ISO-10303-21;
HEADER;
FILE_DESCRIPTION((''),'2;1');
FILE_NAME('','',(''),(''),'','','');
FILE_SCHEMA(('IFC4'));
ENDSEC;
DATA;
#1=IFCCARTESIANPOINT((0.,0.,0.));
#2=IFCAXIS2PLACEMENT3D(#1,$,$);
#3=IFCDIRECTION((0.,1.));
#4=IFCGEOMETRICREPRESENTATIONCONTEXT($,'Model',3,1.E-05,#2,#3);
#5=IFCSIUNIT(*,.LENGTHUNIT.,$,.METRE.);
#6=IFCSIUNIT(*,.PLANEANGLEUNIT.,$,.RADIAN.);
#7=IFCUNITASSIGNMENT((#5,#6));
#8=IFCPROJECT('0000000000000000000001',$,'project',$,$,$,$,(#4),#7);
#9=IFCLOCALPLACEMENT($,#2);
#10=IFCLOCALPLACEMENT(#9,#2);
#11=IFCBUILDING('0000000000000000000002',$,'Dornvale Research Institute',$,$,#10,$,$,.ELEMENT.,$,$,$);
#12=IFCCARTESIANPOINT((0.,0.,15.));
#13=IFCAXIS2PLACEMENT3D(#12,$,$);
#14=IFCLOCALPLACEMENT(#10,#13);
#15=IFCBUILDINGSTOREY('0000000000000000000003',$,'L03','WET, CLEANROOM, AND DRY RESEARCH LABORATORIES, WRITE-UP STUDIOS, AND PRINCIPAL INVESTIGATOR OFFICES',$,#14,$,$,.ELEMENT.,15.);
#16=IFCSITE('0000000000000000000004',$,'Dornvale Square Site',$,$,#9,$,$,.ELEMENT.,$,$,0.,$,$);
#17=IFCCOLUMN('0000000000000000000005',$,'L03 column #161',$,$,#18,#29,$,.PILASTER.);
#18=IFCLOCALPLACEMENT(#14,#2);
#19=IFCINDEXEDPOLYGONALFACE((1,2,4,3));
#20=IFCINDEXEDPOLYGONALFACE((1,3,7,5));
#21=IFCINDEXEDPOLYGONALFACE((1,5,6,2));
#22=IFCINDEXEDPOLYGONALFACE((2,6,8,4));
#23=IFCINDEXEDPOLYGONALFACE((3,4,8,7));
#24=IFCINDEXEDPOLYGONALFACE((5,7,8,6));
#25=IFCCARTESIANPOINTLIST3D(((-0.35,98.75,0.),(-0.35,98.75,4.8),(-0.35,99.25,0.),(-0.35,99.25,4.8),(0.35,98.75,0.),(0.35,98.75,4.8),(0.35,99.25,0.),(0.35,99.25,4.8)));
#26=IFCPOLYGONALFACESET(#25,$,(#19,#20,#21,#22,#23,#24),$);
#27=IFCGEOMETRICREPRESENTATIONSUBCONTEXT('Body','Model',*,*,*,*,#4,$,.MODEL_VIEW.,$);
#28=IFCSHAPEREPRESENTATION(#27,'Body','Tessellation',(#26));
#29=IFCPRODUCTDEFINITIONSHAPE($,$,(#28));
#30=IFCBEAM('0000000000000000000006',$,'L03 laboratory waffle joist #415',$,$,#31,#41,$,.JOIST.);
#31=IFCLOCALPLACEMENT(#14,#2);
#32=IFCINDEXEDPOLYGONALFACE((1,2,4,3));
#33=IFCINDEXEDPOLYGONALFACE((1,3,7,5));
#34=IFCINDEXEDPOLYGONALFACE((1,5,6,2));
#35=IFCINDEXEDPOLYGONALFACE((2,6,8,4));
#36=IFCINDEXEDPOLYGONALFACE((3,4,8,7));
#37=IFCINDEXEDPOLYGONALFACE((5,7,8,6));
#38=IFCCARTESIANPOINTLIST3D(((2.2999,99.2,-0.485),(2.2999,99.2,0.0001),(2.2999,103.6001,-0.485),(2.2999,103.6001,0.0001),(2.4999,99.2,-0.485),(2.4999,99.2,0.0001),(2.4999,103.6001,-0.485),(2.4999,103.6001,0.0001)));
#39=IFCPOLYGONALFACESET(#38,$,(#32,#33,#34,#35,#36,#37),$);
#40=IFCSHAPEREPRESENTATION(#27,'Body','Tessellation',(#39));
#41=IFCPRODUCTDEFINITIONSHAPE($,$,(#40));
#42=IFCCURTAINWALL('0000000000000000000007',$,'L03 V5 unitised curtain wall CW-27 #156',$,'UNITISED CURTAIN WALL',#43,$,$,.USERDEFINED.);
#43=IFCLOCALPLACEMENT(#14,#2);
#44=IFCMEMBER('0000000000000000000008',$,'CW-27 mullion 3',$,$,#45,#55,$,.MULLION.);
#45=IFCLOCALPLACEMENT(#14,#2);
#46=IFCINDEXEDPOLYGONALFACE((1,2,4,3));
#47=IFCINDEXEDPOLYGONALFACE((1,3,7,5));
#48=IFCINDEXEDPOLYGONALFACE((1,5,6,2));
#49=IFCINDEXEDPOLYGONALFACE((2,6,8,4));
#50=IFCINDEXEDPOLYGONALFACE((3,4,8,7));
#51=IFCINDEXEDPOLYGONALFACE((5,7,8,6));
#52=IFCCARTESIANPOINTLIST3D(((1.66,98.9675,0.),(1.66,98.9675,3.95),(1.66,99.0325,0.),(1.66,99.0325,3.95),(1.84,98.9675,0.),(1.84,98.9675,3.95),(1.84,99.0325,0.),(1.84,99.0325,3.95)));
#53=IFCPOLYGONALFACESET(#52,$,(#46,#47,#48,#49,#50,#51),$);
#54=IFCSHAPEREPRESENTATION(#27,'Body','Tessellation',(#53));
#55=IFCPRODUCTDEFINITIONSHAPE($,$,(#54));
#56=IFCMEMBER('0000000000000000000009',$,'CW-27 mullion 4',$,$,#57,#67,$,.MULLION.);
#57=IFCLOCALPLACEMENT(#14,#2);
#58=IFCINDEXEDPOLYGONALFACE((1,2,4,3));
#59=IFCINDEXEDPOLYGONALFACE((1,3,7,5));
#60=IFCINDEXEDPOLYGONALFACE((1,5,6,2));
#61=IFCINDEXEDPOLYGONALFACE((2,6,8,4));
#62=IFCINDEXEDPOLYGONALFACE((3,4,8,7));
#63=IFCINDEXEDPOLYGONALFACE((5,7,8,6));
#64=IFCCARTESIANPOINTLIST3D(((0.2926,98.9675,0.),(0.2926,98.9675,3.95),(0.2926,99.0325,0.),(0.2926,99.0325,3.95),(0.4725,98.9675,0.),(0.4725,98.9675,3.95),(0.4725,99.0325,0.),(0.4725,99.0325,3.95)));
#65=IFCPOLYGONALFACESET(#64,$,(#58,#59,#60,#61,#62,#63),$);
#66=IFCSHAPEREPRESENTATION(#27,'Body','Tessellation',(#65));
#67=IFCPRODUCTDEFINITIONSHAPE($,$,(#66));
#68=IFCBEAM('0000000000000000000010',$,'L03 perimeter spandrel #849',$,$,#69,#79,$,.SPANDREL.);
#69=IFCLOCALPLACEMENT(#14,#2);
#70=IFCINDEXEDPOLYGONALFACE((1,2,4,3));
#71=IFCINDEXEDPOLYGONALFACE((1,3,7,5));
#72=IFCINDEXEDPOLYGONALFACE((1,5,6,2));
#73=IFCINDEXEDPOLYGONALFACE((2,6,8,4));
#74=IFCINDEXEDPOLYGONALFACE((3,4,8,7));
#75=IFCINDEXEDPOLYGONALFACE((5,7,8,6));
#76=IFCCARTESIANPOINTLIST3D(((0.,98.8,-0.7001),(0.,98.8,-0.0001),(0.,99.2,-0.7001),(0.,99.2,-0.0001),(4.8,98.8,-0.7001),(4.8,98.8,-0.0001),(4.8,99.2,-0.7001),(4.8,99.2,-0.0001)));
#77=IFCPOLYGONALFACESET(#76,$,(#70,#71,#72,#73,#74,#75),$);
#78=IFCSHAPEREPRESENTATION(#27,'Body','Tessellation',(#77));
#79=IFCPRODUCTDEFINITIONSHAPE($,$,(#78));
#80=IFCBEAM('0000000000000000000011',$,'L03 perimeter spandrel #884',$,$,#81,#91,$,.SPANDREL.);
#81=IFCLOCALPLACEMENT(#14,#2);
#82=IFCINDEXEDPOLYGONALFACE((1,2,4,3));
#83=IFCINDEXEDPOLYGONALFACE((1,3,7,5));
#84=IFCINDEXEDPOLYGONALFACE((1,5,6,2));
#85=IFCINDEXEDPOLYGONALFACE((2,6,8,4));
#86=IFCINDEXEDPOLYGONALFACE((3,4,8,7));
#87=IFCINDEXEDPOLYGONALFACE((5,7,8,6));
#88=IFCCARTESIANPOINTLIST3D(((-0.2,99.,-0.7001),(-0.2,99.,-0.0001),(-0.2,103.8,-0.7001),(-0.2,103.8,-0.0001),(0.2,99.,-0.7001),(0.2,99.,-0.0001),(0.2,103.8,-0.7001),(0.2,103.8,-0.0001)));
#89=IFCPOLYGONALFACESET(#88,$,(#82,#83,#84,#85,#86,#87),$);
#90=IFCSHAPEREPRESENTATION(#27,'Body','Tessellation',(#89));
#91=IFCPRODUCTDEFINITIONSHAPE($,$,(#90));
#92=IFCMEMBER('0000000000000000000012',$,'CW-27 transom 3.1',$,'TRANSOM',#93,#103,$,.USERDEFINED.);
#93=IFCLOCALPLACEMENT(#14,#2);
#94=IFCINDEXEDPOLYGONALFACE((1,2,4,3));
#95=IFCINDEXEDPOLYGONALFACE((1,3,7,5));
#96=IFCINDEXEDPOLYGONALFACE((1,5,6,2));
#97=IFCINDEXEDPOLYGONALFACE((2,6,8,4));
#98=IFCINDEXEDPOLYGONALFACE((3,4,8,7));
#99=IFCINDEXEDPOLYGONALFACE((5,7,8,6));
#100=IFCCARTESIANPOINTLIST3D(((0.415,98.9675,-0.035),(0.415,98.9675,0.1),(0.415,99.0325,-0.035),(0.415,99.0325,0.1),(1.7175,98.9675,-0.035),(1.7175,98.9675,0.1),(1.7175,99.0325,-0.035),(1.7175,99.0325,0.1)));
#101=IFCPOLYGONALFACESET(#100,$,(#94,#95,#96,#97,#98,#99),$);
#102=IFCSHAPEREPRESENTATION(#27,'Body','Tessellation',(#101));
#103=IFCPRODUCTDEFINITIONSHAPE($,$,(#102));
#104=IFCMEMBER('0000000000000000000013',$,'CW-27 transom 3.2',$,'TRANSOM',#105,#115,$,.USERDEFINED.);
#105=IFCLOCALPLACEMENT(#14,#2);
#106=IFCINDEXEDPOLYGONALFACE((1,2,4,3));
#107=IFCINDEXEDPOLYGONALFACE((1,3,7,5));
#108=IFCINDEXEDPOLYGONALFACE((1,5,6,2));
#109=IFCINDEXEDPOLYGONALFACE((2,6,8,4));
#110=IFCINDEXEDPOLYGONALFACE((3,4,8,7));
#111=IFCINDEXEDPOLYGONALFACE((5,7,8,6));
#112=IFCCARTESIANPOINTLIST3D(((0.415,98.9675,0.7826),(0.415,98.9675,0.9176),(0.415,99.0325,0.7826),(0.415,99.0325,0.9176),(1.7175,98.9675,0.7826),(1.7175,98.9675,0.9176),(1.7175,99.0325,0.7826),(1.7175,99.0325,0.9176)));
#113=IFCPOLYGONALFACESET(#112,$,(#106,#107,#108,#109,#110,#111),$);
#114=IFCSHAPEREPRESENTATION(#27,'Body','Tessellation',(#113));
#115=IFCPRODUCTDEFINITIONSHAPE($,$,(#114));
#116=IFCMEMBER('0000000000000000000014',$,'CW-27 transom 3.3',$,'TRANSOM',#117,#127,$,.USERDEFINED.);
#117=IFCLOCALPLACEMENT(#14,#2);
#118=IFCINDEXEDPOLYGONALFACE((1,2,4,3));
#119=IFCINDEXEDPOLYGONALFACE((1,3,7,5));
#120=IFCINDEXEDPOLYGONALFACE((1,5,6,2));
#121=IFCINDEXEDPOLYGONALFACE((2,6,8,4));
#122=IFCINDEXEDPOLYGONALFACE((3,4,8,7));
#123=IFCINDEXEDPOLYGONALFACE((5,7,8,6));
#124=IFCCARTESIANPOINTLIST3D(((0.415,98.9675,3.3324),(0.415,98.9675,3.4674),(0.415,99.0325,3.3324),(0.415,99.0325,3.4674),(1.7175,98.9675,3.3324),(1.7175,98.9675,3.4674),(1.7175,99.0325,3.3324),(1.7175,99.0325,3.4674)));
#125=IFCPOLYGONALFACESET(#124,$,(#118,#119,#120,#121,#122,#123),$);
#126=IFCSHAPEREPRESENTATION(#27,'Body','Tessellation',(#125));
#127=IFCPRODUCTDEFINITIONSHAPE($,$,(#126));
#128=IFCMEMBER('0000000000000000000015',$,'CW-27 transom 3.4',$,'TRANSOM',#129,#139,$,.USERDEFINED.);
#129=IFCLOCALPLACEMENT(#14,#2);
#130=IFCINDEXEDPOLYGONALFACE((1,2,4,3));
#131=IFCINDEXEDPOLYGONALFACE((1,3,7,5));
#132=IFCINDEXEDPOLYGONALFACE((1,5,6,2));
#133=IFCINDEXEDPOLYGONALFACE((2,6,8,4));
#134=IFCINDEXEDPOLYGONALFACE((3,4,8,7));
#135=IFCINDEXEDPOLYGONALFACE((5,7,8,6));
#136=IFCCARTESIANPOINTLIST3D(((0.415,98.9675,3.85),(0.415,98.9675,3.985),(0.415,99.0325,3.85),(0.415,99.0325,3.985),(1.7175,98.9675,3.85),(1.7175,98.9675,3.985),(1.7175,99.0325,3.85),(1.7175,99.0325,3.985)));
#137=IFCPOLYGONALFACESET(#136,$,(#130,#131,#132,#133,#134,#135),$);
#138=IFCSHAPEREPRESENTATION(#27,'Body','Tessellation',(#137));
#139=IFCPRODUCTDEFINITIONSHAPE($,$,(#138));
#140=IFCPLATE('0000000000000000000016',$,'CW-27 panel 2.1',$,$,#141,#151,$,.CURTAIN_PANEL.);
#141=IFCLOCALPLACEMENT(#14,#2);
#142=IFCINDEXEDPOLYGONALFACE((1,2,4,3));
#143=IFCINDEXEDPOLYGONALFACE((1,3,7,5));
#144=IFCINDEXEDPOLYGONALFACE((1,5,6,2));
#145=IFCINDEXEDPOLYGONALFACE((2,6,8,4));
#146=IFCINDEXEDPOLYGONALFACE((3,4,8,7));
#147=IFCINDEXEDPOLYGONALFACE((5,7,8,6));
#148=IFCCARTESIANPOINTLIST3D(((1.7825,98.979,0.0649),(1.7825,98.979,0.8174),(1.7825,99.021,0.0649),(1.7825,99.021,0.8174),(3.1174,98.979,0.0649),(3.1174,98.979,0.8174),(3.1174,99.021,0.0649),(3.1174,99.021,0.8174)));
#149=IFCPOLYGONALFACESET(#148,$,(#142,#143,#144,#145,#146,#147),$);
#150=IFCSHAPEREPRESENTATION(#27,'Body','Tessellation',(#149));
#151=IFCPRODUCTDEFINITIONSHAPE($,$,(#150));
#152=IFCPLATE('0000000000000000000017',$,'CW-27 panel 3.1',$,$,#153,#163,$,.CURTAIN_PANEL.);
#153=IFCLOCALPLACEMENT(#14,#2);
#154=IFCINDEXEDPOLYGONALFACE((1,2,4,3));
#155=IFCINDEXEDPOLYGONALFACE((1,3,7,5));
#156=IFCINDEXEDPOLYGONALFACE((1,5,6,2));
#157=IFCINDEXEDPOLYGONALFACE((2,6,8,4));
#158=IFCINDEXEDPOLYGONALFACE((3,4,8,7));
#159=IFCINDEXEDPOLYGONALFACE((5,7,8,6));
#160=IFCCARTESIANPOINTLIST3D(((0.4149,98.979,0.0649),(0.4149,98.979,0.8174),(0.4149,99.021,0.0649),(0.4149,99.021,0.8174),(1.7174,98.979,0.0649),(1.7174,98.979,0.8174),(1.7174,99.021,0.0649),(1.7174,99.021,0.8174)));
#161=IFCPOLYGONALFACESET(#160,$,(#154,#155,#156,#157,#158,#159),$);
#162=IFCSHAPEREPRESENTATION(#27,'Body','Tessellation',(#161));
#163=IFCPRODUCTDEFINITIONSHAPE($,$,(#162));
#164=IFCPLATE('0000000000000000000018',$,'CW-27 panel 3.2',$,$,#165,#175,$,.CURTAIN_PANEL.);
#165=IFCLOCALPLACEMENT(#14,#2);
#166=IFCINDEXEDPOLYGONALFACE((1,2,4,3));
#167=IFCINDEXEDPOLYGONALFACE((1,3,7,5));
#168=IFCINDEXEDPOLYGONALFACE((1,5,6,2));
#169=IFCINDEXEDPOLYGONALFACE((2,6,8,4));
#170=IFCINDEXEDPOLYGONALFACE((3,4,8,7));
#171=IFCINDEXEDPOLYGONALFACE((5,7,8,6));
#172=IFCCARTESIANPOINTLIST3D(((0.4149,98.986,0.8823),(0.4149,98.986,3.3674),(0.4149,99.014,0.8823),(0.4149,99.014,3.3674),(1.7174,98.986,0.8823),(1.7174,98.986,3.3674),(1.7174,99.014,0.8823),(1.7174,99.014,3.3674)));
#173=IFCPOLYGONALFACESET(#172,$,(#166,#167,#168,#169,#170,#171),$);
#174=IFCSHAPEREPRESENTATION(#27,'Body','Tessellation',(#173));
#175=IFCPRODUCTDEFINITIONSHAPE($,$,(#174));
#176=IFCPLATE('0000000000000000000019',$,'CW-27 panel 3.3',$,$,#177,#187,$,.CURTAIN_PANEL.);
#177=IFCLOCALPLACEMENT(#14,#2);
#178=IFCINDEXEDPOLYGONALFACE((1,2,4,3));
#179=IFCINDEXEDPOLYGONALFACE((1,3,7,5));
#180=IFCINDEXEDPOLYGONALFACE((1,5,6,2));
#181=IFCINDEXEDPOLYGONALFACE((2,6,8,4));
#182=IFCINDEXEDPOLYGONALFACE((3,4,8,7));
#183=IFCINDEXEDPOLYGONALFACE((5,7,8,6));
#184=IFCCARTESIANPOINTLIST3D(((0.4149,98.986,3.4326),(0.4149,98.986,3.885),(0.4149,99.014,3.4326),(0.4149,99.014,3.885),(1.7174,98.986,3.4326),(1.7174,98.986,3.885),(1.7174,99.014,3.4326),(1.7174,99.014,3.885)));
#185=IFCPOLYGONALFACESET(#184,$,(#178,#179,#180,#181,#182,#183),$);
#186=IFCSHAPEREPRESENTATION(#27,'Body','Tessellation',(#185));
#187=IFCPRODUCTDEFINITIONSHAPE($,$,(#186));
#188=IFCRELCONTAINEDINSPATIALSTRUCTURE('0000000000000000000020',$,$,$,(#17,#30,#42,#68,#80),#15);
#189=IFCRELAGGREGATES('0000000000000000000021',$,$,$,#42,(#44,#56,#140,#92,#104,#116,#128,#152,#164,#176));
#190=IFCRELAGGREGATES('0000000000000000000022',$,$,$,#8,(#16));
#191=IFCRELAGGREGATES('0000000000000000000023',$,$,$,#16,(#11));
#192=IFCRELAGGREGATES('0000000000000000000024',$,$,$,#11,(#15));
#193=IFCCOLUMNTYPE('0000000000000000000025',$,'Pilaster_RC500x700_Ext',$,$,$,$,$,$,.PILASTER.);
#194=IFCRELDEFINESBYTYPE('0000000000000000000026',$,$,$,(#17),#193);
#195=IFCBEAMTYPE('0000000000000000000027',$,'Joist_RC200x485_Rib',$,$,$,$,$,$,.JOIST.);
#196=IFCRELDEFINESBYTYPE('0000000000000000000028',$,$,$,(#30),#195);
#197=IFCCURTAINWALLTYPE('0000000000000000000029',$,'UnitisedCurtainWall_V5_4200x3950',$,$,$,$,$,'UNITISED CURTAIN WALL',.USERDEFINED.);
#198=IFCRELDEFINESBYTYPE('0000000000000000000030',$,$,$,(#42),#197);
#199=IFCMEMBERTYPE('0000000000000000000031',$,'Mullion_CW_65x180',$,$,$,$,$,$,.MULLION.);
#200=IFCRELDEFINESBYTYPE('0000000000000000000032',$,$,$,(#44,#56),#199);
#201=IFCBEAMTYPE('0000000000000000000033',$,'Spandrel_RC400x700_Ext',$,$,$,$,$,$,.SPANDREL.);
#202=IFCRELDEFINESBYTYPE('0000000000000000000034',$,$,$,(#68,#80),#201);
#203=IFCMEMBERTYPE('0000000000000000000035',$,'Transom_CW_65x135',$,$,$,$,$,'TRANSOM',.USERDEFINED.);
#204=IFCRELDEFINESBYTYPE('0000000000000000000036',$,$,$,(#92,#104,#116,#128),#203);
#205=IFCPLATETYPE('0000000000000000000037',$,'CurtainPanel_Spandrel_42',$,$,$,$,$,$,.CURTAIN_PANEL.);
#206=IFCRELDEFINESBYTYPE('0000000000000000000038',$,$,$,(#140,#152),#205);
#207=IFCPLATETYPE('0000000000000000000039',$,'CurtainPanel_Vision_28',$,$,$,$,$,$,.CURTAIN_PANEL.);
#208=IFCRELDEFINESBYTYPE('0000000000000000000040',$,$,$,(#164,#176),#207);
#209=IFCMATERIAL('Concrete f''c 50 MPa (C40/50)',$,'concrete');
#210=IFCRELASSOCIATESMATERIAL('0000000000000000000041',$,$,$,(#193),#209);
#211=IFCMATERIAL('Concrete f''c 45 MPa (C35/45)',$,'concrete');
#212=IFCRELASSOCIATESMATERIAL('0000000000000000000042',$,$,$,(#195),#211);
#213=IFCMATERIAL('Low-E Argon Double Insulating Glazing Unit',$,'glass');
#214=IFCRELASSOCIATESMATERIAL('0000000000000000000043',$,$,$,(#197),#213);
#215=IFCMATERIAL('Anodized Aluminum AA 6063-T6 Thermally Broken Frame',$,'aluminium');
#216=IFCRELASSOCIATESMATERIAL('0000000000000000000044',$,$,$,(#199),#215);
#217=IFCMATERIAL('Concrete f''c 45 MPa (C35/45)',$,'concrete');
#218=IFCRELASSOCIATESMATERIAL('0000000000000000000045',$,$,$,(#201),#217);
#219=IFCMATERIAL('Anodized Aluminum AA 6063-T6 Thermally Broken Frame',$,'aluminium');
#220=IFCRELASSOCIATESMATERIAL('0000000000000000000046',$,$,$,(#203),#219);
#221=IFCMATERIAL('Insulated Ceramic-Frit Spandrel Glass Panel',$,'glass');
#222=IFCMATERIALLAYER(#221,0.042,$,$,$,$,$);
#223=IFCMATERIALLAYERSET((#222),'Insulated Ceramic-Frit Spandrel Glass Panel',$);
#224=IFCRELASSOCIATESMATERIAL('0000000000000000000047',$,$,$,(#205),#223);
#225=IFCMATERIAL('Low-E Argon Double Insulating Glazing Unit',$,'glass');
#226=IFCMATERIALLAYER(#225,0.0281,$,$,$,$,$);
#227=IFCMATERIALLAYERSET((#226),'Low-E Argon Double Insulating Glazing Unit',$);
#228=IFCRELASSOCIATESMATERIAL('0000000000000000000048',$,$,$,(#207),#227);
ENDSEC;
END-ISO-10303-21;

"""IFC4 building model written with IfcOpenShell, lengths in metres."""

from ifc_helpers import new_model, si_unit, direction, frame, origin, origin_2d, place, context, subcontext, project, spatial, rectangle, extrude, material, layer, layer_set, material_profile, profile_set, type_object, element, aggregate, save


model = new_model("IFC4")

# Units and contexts
model_context = context("Model", 3, precision=1e-05, world=origin(), true_north=direction((0.0, 1.0)))
body_context = subcontext(model_context, "Body", "Model", "MODEL_VIEW")
ifc_project = project(units=[si_unit("LENGTHUNIT", "METRE"), si_unit("PLANEANGLEUNIT", "RADIAN")], contexts=[model_context])

# Site, building, storey
site_placement = place(None, origin())
site = spatial("IfcSite", under=ifc_project, at=site_placement, Name="Dornvale Square Site", CompositionType="ELEMENT", RefElevation=0.0)
building_placement = place(site_placement, origin())
building = spatial("IfcBuilding", under=site, at=building_placement, Name="Dornvale Research Institute", CompositionType="ELEMENT")
storey_placement = place(building_placement, frame((0.0, 0.0, 15.0)))
storey = spatial("IfcBuildingStorey", under=building, at=storey_placement, Name="L03", Description="WET, CLEANROOM, AND DRY RESEARCH LABORATORIES, WRITE-UP STUDIOS, AND PRINCIPAL INVESTIGATOR OFFICES", CompositionType="ELEMENT", Elevation=15.0)

# Column
ifc_material_1 = material(Name="Concrete f'c 50 MPa (C40/50)", Category="concrete")
ifc_material_profile_1 = material_profile(ifc_material_1, rectangle(XDim=0.5, YDim=0.7, at=origin_2d()), Name="RC 500x700")
ifc_profile_set_1 = profile_set([ifc_material_profile_1], Name="Concrete f'c 50 MPa (C40/50)")
column_type = type_object("IfcColumnType", Name="Pilaster_RC500x700_Ext", PredefinedType="PILASTER", material=ifc_profile_set_1)
column_placement = place(storey_placement, frame((0.0, 99.0, 0.0), z_axis=(0.0, 0.0, 1.0), x_axis=(0.0, 1.0, 0.0)))
element("IfcColumn", 1, at=column_placement, inside=storey, type_object=column_type, Name="L03 column #161", PredefinedType="PILASTER", context=body_context, shape_type="SweptSolid", body=[
    extrude(rectangle(XDim=0.5, YDim=0.7, at=origin_2d()), origin(), (0.0, 0.0, 1.0), 4.8),
])

# Beam
ifc_material_2 = material(Name="Concrete f'c 45 MPa (C35/45)", Category="concrete")
ifc_material_profile_2 = material_profile(ifc_material_2, rectangle(XDim=0.2, YDim=0.4851, at=origin_2d()), Name="RC 200x485")
ifc_profile_set_2 = profile_set([ifc_material_profile_2], Name="Concrete f'c 45 MPa (C35/45)")
beam_type_1 = type_object("IfcBeamType", Name="Joist_RC200x485_Rib", PredefinedType="JOIST", material=ifc_profile_set_2)
beam_placement = place(storey_placement, frame((2.3999, 99.2, -0.2424), z_axis=(0.0, 1.0, 0.0), x_axis=(-1.0, 0.0, 0.0)))
element("IfcBeam", 2, at=beam_placement, inside=storey, type_object=beam_type_1, Name="L03 laboratory waffle joist #415", PredefinedType="JOIST", context=body_context, shape_type="SweptSolid", body=[
    extrude(rectangle(XDim=0.2, YDim=0.4851, at=origin_2d()), origin(), (0.0, 0.0, 1.0), 4.4001),
])

# Curtain wall, members
ifc_material_3 = material(Name="Low-E Argon Double Insulating Glazing Unit", Category="glass")
curtain_wall_type = type_object("IfcCurtainWallType", Name="UnitisedCurtainWall_V5_4200x3950", ElementType="UNITISED CURTAIN WALL", PredefinedType="USERDEFINED", material=ifc_material_3)
curtain_wall_placement = place(storey_placement, origin())
curtain_wall = element("IfcCurtainWall", 3, at=curtain_wall_placement, inside=storey, type_object=curtain_wall_type, Name="L03 V5 unitised curtain wall CW-27 #156", ObjectType="UNITISED CURTAIN WALL", PredefinedType="USERDEFINED")
ifc_material_4 = material(Name="Anodized Aluminum AA 6063-T6 Thermally Broken Frame", Category="aluminium")
ifc_material_profile_3 = material_profile(ifc_material_4, rectangle(XDim=0.0649, YDim=0.1799, at=origin_2d()), Name="ALU MULLION 65x180")
ifc_profile_set_3 = profile_set([ifc_material_profile_3], Name="Anodized Aluminum AA 6063-T6 Thermally Broken Frame")
member_type_1 = type_object("IfcMemberType", Name="Mullion_CW_65x180", PredefinedType="MULLION", material=ifc_profile_set_3)
member_1_placement = place(storey_placement, frame((1.75, 99.0, 0.0), z_axis=(0.0, 0.0, 1.0), x_axis=(0.0, -1.0, 0.0)))
member_1 = element("IfcMember", 4, at=member_1_placement, type_object=member_type_1, Name="CW-27 mullion 3", PredefinedType="MULLION", context=body_context, shape_type="SweptSolid", body=[
    extrude(rectangle(XDim=0.0649, YDim=0.1799, at=origin_2d()), origin(), (0.0, 0.0, 1.0), 3.95),
])
member_2_placement = place(storey_placement, frame((0.3826, 99.0, 0.0), z_axis=(0.0, 0.0, 1.0), x_axis=(0.0, -1.0, 0.0)))
member_2 = element("IfcMember", 5, at=member_2_placement, type_object=member_type_1, Name="CW-27 mullion 4", PredefinedType="MULLION", context=body_context, shape_type="SweptSolid", body=[
    extrude(rectangle(XDim=0.0649, YDim=0.1799, at=origin_2d()), origin(), (0.0, 0.0, 1.0), 3.95),
])

# Beams
ifc_material_5 = material(Name="Concrete f'c 45 MPa (C35/45)", Category="concrete")
ifc_material_profile_4 = material_profile(ifc_material_5, rectangle(XDim=0.3999, YDim=0.7, at=origin_2d()), Name="RC 400x700")
ifc_profile_set_4 = profile_set([ifc_material_profile_4], Name="Concrete f'c 45 MPa (C35/45)")
beam_type_2 = type_object("IfcBeamType", Name="Spandrel_RC400x700_Ext", PredefinedType="SPANDREL", material=ifc_profile_set_4)
for number, where, z_axis, x_axis, name in (
    (6, (0.0, 99.0, -0.3501), (1.0, 0.0, 0.0), (0.0, 1.0, 0.0), "L03 perimeter spandrel #849"),
    (7, (0.0, 99.0, -0.3501), (0.0, 1.0, 0.0), (-1.0, 0.0, 0.0), "L03 perimeter spandrel #884"),
):
    element("IfcBeam", number, at=place(storey_placement, frame(where, z_axis=z_axis, x_axis=x_axis)), inside=storey, type_object=beam_type_2, Name=name, PredefinedType="SPANDREL", context=body_context, shape_type="SweptSolid", body=[
        extrude(rectangle(XDim=0.3999, YDim=0.7, at=origin_2d()), origin(), (0.0, 0.0, 1.0), 4.8),
    ])

# Members
ifc_material_6 = material(Name="Anodized Aluminum AA 6063-T6 Thermally Broken Frame", Category="aluminium")
ifc_material_profile_5 = material_profile(ifc_material_6, rectangle(XDim=0.0649, YDim=0.135, at=origin_2d()), Name="ALU TRANSOM 65x135")
ifc_profile_set_5 = profile_set([ifc_material_profile_5], Name="Anodized Aluminum AA 6063-T6 Thermally Broken Frame")
member_type_2 = type_object("IfcMemberType", Name="Transom_CW_65x135", ElementType="TRANSOM", PredefinedType="USERDEFINED", material=ifc_profile_set_5)
member_3_placement = place(storey_placement, frame((1.7175, 99.0, 0.0325), z_axis=(-1.0, 0.0, 0.0), x_axis=(0.0, -1.0, 0.0)))
member_3 = element("IfcMember", 8, at=member_3_placement, type_object=member_type_2, Name="CW-27 transom 3.1", ObjectType="TRANSOM", PredefinedType="USERDEFINED", context=body_context, shape_type="SweptSolid", body=[
    extrude(rectangle(XDim=0.0649, YDim=0.135, at=origin_2d()), origin(), (0.0, 0.0, 1.0), 1.3025),
])
member_4_placement = place(storey_placement, frame((1.7175, 99.0, 0.8501), z_axis=(-1.0, 0.0, 0.0), x_axis=(0.0, -1.0, 0.0)))
member_4 = element("IfcMember", 9, at=member_4_placement, type_object=member_type_2, Name="CW-27 transom 3.2", ObjectType="TRANSOM", PredefinedType="USERDEFINED", context=body_context, shape_type="SweptSolid", body=[
    extrude(rectangle(XDim=0.0649, YDim=0.135, at=origin_2d()), origin(), (0.0, 0.0, 1.0), 1.3025),
])
member_5_placement = place(storey_placement, frame((1.7175, 99.0, 3.3999), z_axis=(-1.0, 0.0, 0.0), x_axis=(0.0, -1.0, 0.0)))
member_5 = element("IfcMember", 10, at=member_5_placement, type_object=member_type_2, Name="CW-27 transom 3.3", ObjectType="TRANSOM", PredefinedType="USERDEFINED", context=body_context, shape_type="SweptSolid", body=[
    extrude(rectangle(XDim=0.0649, YDim=0.135, at=origin_2d()), origin(), (0.0, 0.0, 1.0), 1.3025),
])
member_6_placement = place(storey_placement, frame((1.7175, 99.0, 3.9175), z_axis=(-1.0, 0.0, 0.0), x_axis=(0.0, -1.0, 0.0)))
member_6 = element("IfcMember", 11, at=member_6_placement, type_object=member_type_2, Name="CW-27 transom 3.4", ObjectType="TRANSOM", PredefinedType="USERDEFINED", context=body_context, shape_type="SweptSolid", body=[
    extrude(rectangle(XDim=0.0649, YDim=0.135, at=origin_2d()), origin(), (0.0, 0.0, 1.0), 1.3025),
])

# Plates
ifc_material_7 = material(Name="Insulated Ceramic-Frit Spandrel Glass Panel", Category="glass")
ifc_layer_1 = layer(ifc_material_7, 0.042)
ifc_layer_set_1 = layer_set([ifc_layer_1], Name="Insulated Ceramic-Frit Spandrel Glass Panel")
plate_type_1 = type_object("IfcPlateType", Name="CurtainPanel_Spandrel_42", PredefinedType="CURTAIN_PANEL", material=ifc_layer_set_1)
plate_1_placement = place(storey_placement, frame((2.45, 99.0, 0.0649), z_axis=(0.0, 0.0, 1.0), x_axis=(-1.0, 0.0, 0.0)))
plate_1 = element("IfcPlate", 12, at=plate_1_placement, type_object=plate_type_1, Name="CW-27 panel 2.1", PredefinedType="CURTAIN_PANEL", context=body_context, shape_type="SweptSolid", body=[
    extrude(rectangle(XDim=1.335, YDim=0.042, at=origin_2d()), origin(), (0.0, 0.0, 1.0), 0.7524),
])
plate_2_placement = place(storey_placement, frame((1.0662, 99.0, 0.0649), z_axis=(0.0, 0.0, 1.0), x_axis=(-1.0, 0.0, 0.0)))
plate_2 = element("IfcPlate", 13, at=plate_2_placement, type_object=plate_type_1, Name="CW-27 panel 3.1", PredefinedType="CURTAIN_PANEL", context=body_context, shape_type="SweptSolid", body=[
    extrude(rectangle(XDim=1.3025, YDim=0.042, at=origin_2d()), origin(), (0.0, 0.0, 1.0), 0.7524),
])
ifc_material_8 = material(Name="Low-E Argon Double Insulating Glazing Unit", Category="glass")
ifc_layer_2 = layer(ifc_material_8, 0.0281)
ifc_layer_set_2 = layer_set([ifc_layer_2], Name="Low-E Argon Double Insulating Glazing Unit")
plate_type_2 = type_object("IfcPlateType", Name="CurtainPanel_Vision_28", PredefinedType="CURTAIN_PANEL", material=ifc_layer_set_2)
plate_3_placement = place(storey_placement, frame((1.0662, 99.0, 0.8823), z_axis=(0.0, 0.0, 1.0), x_axis=(-1.0, 0.0, 0.0)))
plate_3 = element("IfcPlate", 14, at=plate_3_placement, type_object=plate_type_2, Name="CW-27 panel 3.2", PredefinedType="CURTAIN_PANEL", context=body_context, shape_type="SweptSolid", body=[
    extrude(rectangle(XDim=1.3025, YDim=0.0281, at=origin_2d()), origin(), (0.0, 0.0, 1.0), 2.4851),
])
plate_4_placement = place(storey_placement, frame((1.0662, 99.0, 3.4326), z_axis=(0.0, 0.0, 1.0), x_axis=(-1.0, 0.0, 0.0)))
plate_4 = element("IfcPlate", 15, at=plate_4_placement, type_object=plate_type_2, Name="CW-27 panel 3.3", PredefinedType="CURTAIN_PANEL", context=body_context, shape_type="SweptSolid", body=[
    extrude(rectangle(XDim=1.3025, YDim=0.0281, at=origin_2d()), origin(), (0.0, 0.0, 1.0), 0.4524),
])
aggregate(curtain_wall, [member_1, member_2, plate_1, member_3, member_4, member_5, member_6, plate_2, plate_3, plate_4])

save(model, "model.ifc")
